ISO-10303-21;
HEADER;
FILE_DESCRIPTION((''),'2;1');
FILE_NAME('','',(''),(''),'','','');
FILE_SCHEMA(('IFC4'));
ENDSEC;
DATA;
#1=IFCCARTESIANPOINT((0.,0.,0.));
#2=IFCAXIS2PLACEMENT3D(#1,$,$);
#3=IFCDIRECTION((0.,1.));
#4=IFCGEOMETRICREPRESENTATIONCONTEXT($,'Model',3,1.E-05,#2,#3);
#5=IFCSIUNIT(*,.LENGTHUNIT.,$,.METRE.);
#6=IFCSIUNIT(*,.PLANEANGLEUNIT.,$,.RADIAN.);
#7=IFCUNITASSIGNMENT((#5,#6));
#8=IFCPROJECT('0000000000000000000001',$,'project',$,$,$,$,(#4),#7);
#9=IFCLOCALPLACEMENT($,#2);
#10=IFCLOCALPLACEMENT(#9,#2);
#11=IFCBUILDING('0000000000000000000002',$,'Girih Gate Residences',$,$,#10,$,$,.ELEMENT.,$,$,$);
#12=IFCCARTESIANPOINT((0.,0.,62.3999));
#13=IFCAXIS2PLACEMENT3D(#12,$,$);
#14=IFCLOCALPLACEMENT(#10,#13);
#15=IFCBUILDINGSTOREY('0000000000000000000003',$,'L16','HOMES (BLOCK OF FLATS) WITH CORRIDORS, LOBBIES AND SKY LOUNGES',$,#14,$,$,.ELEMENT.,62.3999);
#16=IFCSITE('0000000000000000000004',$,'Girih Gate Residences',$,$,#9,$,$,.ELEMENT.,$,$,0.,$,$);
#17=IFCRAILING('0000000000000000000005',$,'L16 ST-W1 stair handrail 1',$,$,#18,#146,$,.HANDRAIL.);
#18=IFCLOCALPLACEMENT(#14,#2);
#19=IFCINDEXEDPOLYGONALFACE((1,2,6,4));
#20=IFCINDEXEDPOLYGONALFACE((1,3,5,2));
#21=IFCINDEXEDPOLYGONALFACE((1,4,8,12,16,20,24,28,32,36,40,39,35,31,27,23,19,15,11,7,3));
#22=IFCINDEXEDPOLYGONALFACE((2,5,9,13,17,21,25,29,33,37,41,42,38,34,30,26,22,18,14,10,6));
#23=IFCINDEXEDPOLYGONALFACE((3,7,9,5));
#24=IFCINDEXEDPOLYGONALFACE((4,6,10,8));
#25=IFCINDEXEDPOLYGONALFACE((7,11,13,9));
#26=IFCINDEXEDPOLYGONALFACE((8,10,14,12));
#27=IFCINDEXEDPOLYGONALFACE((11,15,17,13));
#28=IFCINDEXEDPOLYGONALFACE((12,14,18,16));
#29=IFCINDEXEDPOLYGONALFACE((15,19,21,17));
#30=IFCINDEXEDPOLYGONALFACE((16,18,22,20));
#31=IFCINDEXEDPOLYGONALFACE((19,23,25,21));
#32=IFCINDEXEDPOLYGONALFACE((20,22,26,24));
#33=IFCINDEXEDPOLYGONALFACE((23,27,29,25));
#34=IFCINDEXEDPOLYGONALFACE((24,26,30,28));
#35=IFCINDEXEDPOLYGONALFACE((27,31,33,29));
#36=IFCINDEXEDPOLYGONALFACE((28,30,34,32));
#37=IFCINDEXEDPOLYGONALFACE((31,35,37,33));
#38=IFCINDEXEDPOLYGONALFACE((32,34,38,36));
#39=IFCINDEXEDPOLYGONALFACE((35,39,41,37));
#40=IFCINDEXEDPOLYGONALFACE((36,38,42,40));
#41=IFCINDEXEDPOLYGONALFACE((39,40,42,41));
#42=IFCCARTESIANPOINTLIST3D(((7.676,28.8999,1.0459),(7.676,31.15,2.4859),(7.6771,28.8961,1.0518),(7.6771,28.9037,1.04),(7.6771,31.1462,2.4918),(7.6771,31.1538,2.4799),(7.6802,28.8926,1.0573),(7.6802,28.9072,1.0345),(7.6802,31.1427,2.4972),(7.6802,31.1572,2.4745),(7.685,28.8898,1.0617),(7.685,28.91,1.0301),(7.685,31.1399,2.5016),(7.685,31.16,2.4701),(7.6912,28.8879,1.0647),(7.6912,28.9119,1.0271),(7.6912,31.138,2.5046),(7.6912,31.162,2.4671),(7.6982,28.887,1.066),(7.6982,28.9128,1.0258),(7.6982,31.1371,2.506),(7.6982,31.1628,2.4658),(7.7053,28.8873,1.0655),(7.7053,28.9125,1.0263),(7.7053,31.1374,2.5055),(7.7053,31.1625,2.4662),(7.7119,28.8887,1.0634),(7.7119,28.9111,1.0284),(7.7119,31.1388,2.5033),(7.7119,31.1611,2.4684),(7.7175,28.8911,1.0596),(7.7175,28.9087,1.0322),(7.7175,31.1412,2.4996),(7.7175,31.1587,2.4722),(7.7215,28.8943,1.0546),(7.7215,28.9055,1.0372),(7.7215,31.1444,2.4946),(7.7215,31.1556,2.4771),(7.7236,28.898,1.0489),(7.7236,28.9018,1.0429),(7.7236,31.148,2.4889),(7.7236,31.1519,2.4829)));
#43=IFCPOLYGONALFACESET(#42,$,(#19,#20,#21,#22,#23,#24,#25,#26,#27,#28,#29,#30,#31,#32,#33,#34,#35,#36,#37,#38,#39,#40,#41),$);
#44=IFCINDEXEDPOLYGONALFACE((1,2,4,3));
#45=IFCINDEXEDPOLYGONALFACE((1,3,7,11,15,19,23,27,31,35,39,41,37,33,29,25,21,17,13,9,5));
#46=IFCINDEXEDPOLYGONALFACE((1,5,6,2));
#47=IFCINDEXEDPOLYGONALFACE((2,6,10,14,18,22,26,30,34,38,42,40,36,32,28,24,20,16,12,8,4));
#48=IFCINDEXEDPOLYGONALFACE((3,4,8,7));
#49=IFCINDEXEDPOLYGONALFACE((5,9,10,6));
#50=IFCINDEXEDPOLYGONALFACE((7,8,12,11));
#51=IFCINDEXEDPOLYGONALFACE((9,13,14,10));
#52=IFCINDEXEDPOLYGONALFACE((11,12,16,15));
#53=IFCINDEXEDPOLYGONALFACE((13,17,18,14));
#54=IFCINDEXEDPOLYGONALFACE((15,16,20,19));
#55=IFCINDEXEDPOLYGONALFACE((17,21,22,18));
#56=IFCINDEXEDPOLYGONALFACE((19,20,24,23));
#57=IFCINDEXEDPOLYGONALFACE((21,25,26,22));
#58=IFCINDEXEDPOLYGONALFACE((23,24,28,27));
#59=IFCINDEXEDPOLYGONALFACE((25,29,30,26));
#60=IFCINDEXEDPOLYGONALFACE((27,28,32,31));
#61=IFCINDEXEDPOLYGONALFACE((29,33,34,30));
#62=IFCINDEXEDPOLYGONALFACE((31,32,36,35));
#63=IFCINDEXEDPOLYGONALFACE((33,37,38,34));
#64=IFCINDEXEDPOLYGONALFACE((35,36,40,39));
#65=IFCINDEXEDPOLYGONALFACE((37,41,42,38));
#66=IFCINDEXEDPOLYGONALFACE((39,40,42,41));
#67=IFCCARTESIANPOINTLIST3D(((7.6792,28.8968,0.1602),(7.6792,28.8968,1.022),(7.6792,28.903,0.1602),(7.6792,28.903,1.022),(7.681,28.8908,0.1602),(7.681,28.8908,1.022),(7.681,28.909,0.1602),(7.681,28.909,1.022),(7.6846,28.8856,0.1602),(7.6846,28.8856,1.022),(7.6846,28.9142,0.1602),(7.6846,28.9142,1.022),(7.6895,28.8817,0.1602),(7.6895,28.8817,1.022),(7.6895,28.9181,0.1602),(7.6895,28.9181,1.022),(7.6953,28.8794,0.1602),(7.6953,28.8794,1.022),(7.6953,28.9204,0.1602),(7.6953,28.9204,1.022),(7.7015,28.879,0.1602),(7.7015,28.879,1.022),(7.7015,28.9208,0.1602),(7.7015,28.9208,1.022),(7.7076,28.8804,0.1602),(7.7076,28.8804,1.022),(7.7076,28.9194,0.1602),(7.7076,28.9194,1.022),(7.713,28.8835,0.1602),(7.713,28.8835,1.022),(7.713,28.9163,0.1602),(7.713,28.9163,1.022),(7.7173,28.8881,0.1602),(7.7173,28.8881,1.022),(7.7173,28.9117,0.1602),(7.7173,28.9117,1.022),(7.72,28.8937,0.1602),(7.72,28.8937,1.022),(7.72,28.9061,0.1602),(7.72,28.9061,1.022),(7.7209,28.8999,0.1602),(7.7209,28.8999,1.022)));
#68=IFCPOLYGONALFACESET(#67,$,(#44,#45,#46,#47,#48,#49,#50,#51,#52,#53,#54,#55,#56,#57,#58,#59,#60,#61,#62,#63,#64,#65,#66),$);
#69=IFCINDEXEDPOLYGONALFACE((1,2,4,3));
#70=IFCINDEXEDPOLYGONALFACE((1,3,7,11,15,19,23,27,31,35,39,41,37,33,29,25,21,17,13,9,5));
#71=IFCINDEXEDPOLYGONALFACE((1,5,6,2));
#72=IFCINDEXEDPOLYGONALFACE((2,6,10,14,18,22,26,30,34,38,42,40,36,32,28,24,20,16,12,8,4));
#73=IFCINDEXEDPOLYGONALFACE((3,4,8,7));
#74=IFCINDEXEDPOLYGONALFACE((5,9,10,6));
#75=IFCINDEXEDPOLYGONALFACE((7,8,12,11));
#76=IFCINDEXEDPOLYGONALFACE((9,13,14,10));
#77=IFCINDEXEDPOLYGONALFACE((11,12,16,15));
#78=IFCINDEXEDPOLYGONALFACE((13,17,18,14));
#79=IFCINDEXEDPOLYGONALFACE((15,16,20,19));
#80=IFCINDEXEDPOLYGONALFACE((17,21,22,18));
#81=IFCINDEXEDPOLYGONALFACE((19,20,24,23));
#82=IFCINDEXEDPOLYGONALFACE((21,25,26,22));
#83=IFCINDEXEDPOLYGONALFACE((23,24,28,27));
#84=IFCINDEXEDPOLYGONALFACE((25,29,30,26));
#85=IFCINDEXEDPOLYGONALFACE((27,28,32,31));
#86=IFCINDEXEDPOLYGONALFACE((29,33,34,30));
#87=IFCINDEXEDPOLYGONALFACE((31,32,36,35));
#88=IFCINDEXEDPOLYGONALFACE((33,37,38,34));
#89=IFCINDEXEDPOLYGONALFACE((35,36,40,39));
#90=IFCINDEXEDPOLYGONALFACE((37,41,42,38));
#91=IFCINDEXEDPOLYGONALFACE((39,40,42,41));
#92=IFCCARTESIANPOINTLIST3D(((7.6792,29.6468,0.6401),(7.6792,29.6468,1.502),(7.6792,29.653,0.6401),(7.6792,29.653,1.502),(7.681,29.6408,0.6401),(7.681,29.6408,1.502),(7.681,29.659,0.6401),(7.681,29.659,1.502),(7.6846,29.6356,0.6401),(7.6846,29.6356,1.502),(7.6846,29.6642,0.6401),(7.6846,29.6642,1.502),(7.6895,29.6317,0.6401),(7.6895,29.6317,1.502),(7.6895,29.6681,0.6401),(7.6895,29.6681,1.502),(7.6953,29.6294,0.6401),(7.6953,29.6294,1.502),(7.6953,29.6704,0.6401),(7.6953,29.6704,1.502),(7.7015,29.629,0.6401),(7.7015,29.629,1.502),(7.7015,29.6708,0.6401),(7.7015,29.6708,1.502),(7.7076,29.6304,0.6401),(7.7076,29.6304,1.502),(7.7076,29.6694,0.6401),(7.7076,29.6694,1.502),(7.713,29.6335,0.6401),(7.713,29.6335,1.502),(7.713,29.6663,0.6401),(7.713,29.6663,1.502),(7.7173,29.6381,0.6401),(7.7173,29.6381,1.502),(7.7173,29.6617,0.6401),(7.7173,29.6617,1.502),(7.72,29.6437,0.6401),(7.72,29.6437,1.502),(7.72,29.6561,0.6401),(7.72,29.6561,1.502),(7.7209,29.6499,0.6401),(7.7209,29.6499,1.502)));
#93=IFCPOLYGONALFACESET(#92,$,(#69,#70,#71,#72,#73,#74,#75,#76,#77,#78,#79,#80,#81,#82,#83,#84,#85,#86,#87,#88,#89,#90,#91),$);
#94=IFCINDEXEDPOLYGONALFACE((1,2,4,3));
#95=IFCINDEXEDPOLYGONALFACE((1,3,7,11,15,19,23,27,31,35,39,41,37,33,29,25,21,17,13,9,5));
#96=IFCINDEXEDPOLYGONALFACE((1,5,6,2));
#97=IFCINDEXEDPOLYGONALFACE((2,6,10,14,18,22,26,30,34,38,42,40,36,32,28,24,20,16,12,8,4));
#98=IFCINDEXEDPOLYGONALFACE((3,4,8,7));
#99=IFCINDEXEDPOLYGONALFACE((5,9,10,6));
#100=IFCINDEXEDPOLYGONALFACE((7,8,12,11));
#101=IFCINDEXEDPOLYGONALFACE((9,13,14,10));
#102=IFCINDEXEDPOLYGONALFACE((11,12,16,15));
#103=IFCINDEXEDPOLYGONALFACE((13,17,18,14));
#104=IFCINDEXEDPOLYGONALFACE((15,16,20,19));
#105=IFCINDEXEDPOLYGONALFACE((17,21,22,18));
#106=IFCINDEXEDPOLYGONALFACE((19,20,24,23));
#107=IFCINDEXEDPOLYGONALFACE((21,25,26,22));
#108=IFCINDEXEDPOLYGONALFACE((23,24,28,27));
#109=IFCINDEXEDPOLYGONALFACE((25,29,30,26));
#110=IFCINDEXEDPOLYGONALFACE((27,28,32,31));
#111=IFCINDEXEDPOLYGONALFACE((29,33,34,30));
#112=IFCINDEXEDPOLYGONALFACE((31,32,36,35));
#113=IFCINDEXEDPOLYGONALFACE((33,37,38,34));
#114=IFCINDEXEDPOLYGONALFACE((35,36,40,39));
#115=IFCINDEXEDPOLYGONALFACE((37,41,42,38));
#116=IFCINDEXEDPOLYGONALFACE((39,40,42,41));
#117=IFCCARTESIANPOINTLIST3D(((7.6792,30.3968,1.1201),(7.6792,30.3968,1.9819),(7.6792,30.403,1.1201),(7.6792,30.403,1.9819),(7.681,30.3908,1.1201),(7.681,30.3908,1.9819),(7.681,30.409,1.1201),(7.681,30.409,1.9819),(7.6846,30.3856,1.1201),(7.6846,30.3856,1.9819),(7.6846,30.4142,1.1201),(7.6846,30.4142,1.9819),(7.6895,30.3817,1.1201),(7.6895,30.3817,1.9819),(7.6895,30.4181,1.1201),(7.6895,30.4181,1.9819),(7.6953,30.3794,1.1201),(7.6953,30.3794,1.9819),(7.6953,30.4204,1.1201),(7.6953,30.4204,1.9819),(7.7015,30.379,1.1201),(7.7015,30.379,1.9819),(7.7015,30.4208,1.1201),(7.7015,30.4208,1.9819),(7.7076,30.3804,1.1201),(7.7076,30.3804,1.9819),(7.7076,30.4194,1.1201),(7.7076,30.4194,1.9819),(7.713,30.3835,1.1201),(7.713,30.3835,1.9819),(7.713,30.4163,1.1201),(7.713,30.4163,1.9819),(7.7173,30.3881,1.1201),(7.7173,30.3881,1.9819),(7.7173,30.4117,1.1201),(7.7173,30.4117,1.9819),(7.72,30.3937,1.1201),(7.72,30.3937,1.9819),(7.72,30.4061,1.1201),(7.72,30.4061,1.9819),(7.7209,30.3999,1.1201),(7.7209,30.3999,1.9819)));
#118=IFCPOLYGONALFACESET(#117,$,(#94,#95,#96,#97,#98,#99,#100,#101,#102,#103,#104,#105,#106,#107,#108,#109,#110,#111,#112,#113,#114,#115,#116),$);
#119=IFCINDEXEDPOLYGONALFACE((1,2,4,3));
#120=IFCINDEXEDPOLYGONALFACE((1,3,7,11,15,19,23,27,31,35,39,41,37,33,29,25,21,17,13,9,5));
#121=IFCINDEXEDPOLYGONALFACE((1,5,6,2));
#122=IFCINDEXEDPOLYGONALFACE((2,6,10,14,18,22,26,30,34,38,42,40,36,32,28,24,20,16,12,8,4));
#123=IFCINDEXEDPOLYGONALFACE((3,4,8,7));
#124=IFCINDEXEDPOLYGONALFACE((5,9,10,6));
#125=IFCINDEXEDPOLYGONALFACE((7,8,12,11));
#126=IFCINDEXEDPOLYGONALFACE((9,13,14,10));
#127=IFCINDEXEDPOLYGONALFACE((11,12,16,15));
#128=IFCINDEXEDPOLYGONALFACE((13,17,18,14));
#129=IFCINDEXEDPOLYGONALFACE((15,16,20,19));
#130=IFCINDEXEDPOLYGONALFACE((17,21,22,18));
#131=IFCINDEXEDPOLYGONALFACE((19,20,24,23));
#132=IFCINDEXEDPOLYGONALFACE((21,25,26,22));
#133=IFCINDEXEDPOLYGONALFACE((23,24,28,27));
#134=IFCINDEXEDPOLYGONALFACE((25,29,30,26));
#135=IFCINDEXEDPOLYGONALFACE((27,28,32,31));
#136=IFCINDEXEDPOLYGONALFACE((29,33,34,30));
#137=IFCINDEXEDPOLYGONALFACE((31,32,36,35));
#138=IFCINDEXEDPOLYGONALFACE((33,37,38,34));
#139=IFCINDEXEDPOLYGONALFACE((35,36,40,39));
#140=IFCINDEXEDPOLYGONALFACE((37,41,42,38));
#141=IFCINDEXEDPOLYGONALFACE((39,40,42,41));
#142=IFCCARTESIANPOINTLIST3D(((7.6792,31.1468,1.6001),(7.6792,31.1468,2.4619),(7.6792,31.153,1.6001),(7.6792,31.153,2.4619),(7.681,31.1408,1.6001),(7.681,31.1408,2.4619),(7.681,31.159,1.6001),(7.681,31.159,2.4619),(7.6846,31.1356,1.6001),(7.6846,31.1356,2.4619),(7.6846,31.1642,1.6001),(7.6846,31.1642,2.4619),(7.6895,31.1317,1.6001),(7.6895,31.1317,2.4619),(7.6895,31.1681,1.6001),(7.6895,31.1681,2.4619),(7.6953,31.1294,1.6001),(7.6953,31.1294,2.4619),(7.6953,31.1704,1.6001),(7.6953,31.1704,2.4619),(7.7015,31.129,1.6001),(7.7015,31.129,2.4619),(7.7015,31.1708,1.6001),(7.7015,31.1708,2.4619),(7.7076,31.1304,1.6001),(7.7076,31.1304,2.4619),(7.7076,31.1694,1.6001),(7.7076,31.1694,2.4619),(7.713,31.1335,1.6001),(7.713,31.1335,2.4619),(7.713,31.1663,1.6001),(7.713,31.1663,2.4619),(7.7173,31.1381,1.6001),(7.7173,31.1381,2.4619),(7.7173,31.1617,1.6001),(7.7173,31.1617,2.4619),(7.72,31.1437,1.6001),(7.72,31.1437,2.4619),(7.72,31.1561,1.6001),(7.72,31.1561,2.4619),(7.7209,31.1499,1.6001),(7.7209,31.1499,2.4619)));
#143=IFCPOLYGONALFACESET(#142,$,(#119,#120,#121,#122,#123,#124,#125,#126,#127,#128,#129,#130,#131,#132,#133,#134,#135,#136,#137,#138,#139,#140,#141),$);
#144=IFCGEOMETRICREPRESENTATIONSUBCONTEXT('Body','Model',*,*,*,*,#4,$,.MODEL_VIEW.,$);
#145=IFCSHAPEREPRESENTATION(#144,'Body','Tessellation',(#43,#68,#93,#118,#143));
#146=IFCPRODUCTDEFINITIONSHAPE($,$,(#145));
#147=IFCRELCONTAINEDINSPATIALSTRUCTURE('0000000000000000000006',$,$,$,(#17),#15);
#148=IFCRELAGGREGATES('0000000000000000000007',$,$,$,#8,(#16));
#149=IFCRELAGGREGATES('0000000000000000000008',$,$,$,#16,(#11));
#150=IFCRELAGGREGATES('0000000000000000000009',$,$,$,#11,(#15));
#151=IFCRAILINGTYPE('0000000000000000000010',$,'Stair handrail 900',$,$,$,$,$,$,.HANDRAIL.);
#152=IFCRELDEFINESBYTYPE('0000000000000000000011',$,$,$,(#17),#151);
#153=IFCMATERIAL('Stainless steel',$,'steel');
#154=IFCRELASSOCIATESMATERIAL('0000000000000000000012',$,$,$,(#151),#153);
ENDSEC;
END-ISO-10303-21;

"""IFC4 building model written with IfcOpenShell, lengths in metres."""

from ifc_helpers import new_model, si_unit, direction, frame, origin, origin_2d, place, context, subcontext, project, spatial, circle, extrude, material, type_object, element, save


model = new_model("IFC4")

# Units and contexts
model_context = context("Model", 3, precision=1e-05, world=origin(), true_north=direction((0.0, 1.0)))
body_context = subcontext(model_context, "Body", "Model", "MODEL_VIEW")
ifc_project = project(units=[si_unit("LENGTHUNIT", "METRE"), si_unit("PLANEANGLEUNIT", "RADIAN")], contexts=[model_context])

# Site, building, storey
site_placement = place(None, origin())
site = spatial("IfcSite", under=ifc_project, at=site_placement, Name="Girih Gate Residences", CompositionType="ELEMENT", RefElevation=0.0)
building_placement = place(site_placement, origin())
building = spatial("IfcBuilding", under=site, at=building_placement, Name="Girih Gate Residences", CompositionType="ELEMENT")
storey_placement = place(building_placement, frame((0.0, 0.0, 62.3999)))
storey = spatial("IfcBuildingStorey", under=building, at=storey_placement, Name="L16", Description="HOMES (BLOCK OF FLATS) WITH CORRIDORS, LOBBIES AND SKY LOUNGES", CompositionType="ELEMENT", Elevation=62.3999)

# Railing
ifc_material_1 = material(Name="Stainless steel", Category="steel")
railing_type_1 = type_object("IfcRailingType", Name="Stair handrail 900", PredefinedType="HANDRAIL", material=ifc_material_1)
railing_1_placement = place(storey_placement, frame((7.7, 28.8999, 0.1602)))
element("IfcRailing", 1, at=railing_1_placement, inside=storey, type_object=railing_type_1, Name="L16 ST-W1 stair handrail 1", PredefinedType="HANDRAIL", context=body_context, shape_type="SweptSolid", body=[
    extrude(circle(Radius=0.0239, at=origin_2d()), frame((0.0, 0.0, 0.8857), z_axis=(0.0, 0.842281, 0.539038), x_axis=(-1.0, 0.0, 0.0)), (0.0, 0.0, 1.0), 2.6714),
    extrude(circle(Radius=0.021, at=origin_2d()), origin(), (0.0, 0.0, 1.0), 0.8618),
    extrude(circle(Radius=0.021, at=origin_2d()), frame((0.0, 0.75, 0.48)), (0.0, 0.0, 1.0), 0.8618),
    extrude(circle(Radius=0.021, at=origin_2d()), frame((0.0, 1.5, 0.96)), (0.0, 0.0, 1.0), 0.8618),
    extrude(circle(Radius=0.021, at=origin_2d()), frame((0.0, 2.25, 1.4399)), (0.0, 0.0, 1.0), 0.8618),
])

save(model, "model.ifc")
